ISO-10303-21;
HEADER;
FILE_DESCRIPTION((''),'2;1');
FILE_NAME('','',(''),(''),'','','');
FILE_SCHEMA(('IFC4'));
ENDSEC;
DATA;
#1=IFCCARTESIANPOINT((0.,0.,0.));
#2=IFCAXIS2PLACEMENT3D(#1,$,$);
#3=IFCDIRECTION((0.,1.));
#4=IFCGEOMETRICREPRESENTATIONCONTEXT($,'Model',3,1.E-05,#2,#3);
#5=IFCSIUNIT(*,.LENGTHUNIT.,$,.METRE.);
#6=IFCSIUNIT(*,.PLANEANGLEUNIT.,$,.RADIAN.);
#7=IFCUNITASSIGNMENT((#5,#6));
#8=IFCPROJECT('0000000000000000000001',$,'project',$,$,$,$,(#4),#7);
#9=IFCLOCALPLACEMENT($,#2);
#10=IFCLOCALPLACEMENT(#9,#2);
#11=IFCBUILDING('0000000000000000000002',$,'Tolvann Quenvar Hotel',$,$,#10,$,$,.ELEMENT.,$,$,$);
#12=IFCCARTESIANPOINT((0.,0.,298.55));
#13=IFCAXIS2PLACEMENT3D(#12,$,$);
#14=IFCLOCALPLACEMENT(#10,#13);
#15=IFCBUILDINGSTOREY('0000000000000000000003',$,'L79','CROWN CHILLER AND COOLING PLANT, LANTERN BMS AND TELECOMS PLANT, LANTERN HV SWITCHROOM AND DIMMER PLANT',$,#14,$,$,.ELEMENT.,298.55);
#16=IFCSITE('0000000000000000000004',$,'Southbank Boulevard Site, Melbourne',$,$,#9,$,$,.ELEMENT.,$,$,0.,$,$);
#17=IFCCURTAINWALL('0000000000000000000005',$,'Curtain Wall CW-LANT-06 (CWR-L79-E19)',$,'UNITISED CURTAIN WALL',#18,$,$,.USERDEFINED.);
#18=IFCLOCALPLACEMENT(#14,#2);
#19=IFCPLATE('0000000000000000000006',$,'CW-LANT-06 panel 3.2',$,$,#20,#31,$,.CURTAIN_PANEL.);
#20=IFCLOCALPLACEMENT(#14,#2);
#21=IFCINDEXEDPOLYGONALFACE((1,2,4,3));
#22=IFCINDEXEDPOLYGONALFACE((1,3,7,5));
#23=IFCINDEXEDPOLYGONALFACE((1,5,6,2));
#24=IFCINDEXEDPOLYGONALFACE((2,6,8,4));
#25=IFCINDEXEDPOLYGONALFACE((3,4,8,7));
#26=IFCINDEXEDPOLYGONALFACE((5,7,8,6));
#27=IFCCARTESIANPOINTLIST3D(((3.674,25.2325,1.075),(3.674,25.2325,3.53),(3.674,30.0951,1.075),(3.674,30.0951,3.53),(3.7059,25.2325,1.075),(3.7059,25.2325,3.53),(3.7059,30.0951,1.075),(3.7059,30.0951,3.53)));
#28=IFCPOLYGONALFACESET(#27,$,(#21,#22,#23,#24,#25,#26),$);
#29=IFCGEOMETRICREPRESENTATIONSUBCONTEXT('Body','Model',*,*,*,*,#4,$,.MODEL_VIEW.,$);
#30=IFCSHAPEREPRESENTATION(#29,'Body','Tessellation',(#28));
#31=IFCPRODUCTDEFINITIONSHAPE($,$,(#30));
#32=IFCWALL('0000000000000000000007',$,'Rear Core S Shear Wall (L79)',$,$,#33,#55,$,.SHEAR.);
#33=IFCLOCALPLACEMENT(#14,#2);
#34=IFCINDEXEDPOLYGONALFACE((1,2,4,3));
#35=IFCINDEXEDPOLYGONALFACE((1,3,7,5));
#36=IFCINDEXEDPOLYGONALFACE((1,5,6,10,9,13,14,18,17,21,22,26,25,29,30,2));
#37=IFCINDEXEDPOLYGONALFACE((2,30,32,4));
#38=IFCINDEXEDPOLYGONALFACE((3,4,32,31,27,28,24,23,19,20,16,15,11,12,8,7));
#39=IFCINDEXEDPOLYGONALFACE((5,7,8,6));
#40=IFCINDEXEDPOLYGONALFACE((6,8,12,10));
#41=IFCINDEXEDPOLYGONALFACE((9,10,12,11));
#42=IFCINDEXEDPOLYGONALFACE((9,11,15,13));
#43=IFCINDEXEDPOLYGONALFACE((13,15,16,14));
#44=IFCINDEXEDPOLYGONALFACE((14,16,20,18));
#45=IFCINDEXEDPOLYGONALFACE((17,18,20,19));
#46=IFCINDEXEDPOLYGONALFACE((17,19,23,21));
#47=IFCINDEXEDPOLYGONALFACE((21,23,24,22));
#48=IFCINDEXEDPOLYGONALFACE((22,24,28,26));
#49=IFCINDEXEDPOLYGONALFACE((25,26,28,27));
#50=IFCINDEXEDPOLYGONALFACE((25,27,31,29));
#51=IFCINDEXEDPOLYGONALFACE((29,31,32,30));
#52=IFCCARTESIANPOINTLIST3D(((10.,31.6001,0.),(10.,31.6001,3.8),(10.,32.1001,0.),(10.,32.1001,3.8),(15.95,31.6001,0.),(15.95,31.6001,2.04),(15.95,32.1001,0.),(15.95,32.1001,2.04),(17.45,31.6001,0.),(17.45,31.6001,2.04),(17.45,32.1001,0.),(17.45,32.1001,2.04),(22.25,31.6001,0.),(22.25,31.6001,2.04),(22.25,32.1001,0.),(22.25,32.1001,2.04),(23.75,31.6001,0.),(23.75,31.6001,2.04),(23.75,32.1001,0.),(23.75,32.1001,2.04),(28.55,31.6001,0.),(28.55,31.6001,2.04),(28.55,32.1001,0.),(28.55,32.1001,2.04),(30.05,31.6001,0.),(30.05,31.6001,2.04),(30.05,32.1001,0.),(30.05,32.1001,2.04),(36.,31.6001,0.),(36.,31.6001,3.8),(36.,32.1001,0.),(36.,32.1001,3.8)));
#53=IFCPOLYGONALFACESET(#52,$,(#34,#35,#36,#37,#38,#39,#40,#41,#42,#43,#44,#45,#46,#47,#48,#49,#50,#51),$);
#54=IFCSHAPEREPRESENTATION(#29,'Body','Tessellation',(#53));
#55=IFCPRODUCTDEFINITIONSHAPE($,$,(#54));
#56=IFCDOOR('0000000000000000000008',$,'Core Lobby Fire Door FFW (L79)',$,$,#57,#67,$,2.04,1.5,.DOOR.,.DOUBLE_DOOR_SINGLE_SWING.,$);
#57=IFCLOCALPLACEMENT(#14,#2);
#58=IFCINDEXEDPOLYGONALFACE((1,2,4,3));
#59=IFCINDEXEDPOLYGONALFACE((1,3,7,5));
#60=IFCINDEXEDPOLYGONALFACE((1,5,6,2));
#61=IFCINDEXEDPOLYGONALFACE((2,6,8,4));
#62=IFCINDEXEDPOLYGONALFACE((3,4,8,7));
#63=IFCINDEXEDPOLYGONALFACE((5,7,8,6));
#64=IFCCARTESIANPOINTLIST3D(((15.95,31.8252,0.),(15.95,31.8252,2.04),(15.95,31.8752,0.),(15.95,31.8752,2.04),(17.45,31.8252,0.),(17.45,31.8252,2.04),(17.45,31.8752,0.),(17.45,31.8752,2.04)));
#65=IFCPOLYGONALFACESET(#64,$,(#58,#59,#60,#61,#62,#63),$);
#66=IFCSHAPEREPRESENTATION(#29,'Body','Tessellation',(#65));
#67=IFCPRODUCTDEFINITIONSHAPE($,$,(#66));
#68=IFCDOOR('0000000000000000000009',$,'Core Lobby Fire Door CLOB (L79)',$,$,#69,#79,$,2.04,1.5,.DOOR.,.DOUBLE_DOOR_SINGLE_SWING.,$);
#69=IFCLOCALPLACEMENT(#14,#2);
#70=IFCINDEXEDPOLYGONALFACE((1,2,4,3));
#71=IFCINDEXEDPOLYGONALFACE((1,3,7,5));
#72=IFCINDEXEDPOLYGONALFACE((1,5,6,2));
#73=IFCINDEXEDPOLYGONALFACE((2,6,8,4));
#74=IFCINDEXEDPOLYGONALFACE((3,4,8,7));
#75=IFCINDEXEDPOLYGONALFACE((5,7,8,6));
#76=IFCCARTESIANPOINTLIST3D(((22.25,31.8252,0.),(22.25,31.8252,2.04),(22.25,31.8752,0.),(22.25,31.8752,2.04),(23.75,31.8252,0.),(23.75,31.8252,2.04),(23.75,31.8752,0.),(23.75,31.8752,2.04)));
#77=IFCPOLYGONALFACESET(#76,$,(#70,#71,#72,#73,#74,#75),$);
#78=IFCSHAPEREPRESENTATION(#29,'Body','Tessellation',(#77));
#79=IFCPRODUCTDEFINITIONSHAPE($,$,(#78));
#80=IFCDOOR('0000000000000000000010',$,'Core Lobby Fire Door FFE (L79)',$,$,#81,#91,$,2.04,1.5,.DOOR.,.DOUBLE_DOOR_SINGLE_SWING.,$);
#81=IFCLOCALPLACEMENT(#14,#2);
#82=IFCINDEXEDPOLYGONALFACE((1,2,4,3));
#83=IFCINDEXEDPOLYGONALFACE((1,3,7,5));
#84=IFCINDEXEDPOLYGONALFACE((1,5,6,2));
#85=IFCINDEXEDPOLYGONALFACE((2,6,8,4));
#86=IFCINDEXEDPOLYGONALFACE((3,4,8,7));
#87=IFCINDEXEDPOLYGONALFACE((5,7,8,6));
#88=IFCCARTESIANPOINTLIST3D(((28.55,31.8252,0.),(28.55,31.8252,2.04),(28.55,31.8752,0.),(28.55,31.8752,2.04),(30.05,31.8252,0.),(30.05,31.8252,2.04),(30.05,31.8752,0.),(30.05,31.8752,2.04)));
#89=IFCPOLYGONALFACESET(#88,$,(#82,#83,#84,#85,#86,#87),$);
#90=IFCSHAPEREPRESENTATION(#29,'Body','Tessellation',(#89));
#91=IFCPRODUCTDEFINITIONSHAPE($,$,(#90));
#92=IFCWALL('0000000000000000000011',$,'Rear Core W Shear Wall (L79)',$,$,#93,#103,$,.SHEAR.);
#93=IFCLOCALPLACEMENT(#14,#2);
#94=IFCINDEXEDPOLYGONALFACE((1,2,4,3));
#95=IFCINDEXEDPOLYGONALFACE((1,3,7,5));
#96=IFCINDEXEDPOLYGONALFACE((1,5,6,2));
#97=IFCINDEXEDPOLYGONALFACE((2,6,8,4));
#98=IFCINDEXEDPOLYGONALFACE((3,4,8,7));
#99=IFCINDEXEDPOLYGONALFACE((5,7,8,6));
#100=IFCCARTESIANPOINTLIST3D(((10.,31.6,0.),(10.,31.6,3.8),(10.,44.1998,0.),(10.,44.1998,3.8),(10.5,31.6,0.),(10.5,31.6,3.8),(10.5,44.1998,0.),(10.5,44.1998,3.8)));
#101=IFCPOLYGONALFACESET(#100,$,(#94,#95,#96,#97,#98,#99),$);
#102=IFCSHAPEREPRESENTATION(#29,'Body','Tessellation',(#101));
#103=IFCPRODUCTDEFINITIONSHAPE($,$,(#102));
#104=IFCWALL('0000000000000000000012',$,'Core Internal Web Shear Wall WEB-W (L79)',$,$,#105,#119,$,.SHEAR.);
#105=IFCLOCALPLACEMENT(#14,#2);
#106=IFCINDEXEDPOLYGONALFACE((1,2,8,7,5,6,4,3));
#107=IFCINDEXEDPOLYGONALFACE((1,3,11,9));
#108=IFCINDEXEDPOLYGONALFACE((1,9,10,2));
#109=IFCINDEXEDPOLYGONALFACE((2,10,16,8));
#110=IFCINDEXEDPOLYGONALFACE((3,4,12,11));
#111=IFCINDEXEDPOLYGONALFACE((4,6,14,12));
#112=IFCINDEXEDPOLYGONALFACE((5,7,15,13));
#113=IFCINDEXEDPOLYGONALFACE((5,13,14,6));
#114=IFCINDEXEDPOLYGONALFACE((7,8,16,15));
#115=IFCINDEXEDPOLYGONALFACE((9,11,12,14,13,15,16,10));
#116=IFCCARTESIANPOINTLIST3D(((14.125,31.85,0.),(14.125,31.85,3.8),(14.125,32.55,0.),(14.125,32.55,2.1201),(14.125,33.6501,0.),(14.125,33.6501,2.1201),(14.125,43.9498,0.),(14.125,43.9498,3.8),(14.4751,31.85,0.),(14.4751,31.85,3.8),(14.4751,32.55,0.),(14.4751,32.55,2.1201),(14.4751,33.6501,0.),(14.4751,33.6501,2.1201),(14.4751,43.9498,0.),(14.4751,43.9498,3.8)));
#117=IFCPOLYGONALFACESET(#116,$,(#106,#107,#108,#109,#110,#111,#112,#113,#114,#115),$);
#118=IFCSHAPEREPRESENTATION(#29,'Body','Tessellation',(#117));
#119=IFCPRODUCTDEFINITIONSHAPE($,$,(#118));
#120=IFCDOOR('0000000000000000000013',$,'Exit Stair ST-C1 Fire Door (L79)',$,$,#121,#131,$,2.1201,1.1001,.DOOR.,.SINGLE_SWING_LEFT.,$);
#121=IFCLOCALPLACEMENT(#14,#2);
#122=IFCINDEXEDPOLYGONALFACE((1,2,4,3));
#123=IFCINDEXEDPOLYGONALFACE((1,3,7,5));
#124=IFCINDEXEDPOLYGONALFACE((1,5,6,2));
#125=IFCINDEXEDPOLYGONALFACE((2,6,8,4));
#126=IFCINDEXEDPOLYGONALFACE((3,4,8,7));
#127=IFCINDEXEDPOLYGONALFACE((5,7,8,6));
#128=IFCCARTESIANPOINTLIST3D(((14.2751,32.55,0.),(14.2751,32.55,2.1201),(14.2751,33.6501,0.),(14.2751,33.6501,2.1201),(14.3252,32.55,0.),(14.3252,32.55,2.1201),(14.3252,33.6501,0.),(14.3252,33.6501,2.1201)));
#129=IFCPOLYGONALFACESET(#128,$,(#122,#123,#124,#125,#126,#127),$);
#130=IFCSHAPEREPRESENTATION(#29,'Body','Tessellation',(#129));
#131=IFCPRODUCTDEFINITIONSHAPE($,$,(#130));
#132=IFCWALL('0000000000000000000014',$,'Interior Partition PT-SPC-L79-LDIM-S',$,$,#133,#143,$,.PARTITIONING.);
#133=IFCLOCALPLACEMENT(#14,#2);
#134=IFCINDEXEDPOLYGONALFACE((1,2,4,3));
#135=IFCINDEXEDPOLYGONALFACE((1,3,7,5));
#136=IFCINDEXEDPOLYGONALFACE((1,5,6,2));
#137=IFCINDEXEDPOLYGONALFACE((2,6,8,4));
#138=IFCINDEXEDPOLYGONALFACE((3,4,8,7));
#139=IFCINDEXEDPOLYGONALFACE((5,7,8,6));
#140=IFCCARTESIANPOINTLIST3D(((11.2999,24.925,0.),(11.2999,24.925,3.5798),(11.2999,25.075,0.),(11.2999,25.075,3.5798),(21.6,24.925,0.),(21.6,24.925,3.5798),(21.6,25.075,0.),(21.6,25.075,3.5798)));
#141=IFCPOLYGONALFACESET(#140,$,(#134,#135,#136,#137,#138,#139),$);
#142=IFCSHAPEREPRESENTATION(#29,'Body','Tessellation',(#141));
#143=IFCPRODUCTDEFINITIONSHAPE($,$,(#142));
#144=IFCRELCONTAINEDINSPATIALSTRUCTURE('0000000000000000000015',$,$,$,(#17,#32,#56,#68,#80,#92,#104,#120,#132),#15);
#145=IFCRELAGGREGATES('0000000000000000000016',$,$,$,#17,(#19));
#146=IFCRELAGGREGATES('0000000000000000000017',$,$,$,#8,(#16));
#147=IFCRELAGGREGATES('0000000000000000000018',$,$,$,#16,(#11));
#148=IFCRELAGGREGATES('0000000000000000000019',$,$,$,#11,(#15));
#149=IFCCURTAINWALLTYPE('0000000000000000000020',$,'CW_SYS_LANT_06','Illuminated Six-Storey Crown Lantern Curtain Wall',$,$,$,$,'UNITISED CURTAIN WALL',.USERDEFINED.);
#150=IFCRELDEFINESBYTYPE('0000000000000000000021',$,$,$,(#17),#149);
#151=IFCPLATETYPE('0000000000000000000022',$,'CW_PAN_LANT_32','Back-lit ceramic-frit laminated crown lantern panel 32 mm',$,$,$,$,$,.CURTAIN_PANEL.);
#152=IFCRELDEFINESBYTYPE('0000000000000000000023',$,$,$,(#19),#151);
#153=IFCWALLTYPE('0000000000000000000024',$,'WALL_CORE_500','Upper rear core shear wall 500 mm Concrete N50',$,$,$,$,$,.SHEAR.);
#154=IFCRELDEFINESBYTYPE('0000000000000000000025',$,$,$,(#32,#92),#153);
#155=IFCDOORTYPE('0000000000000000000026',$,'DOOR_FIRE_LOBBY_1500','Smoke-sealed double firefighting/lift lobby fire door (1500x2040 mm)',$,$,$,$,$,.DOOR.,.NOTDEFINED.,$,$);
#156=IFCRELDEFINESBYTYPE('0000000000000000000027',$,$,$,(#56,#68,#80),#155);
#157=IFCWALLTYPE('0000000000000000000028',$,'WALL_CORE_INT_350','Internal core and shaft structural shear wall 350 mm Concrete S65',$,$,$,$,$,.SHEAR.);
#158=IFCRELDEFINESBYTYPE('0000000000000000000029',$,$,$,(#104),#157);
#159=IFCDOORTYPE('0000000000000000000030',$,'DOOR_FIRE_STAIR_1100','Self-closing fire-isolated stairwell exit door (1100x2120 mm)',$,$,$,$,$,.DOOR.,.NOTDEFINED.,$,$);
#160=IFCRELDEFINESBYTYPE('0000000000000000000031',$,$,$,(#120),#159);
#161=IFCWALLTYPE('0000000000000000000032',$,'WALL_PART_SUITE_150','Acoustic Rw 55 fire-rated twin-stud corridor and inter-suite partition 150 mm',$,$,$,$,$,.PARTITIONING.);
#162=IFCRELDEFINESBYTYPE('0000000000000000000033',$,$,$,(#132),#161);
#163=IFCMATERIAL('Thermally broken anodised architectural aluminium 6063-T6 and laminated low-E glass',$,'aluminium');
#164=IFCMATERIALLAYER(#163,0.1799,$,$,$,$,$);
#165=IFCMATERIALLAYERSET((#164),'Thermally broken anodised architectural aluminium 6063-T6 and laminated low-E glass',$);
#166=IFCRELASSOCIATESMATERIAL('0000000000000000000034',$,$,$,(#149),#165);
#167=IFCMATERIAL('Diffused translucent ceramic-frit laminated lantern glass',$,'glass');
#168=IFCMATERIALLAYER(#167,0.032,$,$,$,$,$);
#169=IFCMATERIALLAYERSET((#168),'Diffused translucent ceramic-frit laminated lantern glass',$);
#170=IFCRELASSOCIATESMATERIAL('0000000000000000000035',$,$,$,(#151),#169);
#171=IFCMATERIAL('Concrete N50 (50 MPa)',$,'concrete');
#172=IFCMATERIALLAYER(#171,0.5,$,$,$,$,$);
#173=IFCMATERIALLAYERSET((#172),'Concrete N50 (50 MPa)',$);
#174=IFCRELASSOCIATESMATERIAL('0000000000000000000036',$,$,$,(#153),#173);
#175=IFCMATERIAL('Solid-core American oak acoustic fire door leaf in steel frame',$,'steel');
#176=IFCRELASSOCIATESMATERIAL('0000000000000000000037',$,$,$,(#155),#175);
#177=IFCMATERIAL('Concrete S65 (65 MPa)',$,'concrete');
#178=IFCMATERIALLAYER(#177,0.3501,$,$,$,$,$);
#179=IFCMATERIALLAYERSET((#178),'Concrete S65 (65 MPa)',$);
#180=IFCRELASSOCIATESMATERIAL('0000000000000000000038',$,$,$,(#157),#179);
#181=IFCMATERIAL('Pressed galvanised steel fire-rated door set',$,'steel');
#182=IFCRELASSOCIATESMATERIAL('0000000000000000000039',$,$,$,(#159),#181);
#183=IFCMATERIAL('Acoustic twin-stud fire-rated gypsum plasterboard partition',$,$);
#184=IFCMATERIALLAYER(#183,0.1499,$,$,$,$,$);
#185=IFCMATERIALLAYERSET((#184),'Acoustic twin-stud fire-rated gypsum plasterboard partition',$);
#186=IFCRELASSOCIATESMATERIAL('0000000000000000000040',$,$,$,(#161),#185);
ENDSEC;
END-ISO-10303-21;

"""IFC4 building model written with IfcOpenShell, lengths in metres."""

from ifc_helpers import new_model, si_unit, direction, frame, frame_2d, origin, origin_2d, place, context, subcontext, project, spatial, rectangle, extrude, source, transform, mapped, material, layer, layer_set, type_object, type_shapes, element, fill, aggregate, save


model = new_model("IFC4")

# Units and contexts
model_context = context("Model", 3, precision=1e-05, world=origin(), true_north=direction((0.0, 1.0)))
body_context = subcontext(model_context, "Body", "Model", "MODEL_VIEW")
ifc_project = project(units=[si_unit("LENGTHUNIT", "METRE"), si_unit("PLANEANGLEUNIT", "RADIAN")], contexts=[model_context])

# Site, building, storey
site_placement = place(None, origin())
site = spatial("IfcSite", under=ifc_project, at=site_placement, Name="Southbank Boulevard Site, Melbourne", CompositionType="ELEMENT", RefElevation=0.0)
building_placement = place(site_placement, origin())
building = spatial("IfcBuilding", under=site, at=building_placement, Name="Tolvann Quenvar Hotel", CompositionType="ELEMENT")
storey_placement = place(building_placement, frame((0.0, 0.0, 298.55)))
storey = spatial("IfcBuildingStorey", under=building, at=storey_placement, Name="L79", Description="CROWN CHILLER AND COOLING PLANT, LANTERN BMS AND TELECOMS PLANT, LANTERN HV SWITCHROOM AND DIMMER PLANT", CompositionType="ELEMENT", Elevation=298.55)

# Shared definitions
ifc_material_1 = material(Name="Concrete N50 (50 MPa)", Category="concrete")

# Curtain wall, plate
ifc_material_2 = material(Name="Thermally broken anodised architectural aluminium 6063-T6 and laminated low-E glass", Category="aluminium")
ifc_layer_1 = layer(ifc_material_2, 0.1799)
ifc_layer_set_1 = layer_set([ifc_layer_1], Name="Thermally broken anodised architectural aluminium 6063-T6 and laminated low-E glass")
curtain_wall_type = type_object("IfcCurtainWallType", Name="CW_SYS_LANT_06", Description="Illuminated Six-Storey Crown Lantern Curtain Wall", ElementType="UNITISED CURTAIN WALL", PredefinedType="USERDEFINED", material=ifc_layer_set_1)
curtain_wall_placement = place(storey_placement, origin())
curtain_wall = element("IfcCurtainWall", 1, at=curtain_wall_placement, inside=storey, type_object=curtain_wall_type, Name="Curtain Wall CW-LANT-06 (CWR-L79-E19)", ObjectType="UNITISED CURTAIN WALL", PredefinedType="USERDEFINED")
ifc_material_3 = material(Name="Diffused translucent ceramic-frit laminated lantern glass", Category="glass")
ifc_layer_2 = layer(ifc_material_3, 0.032)
ifc_layer_set_2 = layer_set([ifc_layer_2], Name="Diffused translucent ceramic-frit laminated lantern glass")
plate_type = type_object("IfcPlateType", Name="CW_PAN_LANT_32", Description="Back-lit ceramic-frit laminated crown lantern panel 32 mm", PredefinedType="CURTAIN_PANEL", material=ifc_layer_set_2)
shared_shape_1 = source(origin(), body_context, "Body", "SweptSolid", [
    extrude(rectangle(XDim=4.8625, YDim=0.032, at=origin_2d()), origin(), (0.0, 0.0, 1.0), 2.4551),
])
plate_1_placement = place(storey_placement, frame((3.6899, 27.6638, 1.075), z_axis=(0.0, 0.0, 1.0), x_axis=(0.0, -1.0, 0.0)))
plate_1 = element("IfcPlate", 2, at=plate_1_placement, type_object=plate_type, Name="CW-LANT-06 panel 3.2", PredefinedType="CURTAIN_PANEL", context=body_context, shape_type="MappedRepresentation", body=[
    mapped(shared_shape_1, transform((0.0, 0.0, 0.0), x_axis=(1.0, 0.0, 0.0), y_axis=(0.0, 1.0, 0.0), z_axis=(0.0, 0.0, 1.0), scale=1.0)),
])
aggregate(curtain_wall, [plate_1])

# Wall, openings, doors
ifc_layer_3 = layer(ifc_material_1, 0.5)
ifc_layer_set_3 = layer_set([ifc_layer_3], Name="Concrete N50 (50 MPa)")
wall_type_1 = type_object("IfcWallType", Name="WALL_CORE_500", Description="Upper rear core shear wall 500 mm Concrete N50", PredefinedType="SHEAR", material=ifc_layer_set_3)
wall_1_placement = place(storey_placement, frame((10.0, 31.8501, 0.0), z_axis=(0.0, 0.0, 1.0), x_axis=(1.0, 0.0, 0.0)))
wall_1 = element("IfcWall", 3, at=wall_1_placement, inside=storey, type_object=wall_type_1, Name="Rear Core S Shear Wall (L79)", PredefinedType="SHEAR", context=body_context, shape_type="SweptSolid", body=[
    extrude(rectangle(XDim=26.0, YDim=0.5, at=frame_2d((13.0, 0.0))), origin(), (0.0, 0.0, 1.0), 3.8),
])
opening_1_placement = place(wall_1_placement, frame((7.45, 0.0, 0.0), z_axis=(0.0, 0.0, 1.0), x_axis=(-1.0, 0.0, 0.0)))
opening_1 = element("IfcOpeningElement", 4, at=opening_1_placement, cuts=wall_1, PredefinedType="OPENING", context=body_context, shape_type="SweptSolid", body=[
    extrude(rectangle(XDim=1.5, YDim=2.04, at=frame_2d((0.75, 1.02))), frame((0.0, 0.26, 0.0), z_axis=(0.0, -1.0, 0.0), x_axis=(1.0, 0.0, 0.0)), (0.0, 0.0, 1.0), 0.52),
])
opening_2_placement = place(wall_1_placement, frame((13.75, 0.0, 0.0), z_axis=(0.0, 0.0, 1.0), x_axis=(-1.0, 0.0, 0.0)))
opening_2 = element("IfcOpeningElement", 5, at=opening_2_placement, cuts=wall_1, PredefinedType="OPENING", context=body_context, shape_type="SweptSolid", body=[
    extrude(rectangle(XDim=1.5, YDim=2.04, at=frame_2d((0.75, 1.02))), frame((0.0, 0.26, 0.0), z_axis=(0.0, -1.0, 0.0), x_axis=(1.0, 0.0, 0.0)), (0.0, 0.0, 1.0), 0.52),
])
opening_3_placement = place(wall_1_placement, frame((20.05, 0.0, 0.0), z_axis=(0.0, 0.0, 1.0), x_axis=(-1.0, 0.0, 0.0)))
opening_3 = element("IfcOpeningElement", 6, at=opening_3_placement, cuts=wall_1, PredefinedType="OPENING", context=body_context, shape_type="SweptSolid", body=[
    extrude(rectangle(XDim=1.5, YDim=2.04, at=frame_2d((0.75, 1.02))), frame((0.0, 0.26, 0.0), z_axis=(0.0, -1.0, 0.0), x_axis=(1.0, 0.0, 0.0)), (0.0, 0.0, 1.0), 0.52),
])
ifc_material_4 = material(Name="Solid-core American oak acoustic fire door leaf in steel frame", Category="steel")
door_type_1 = type_object("IfcDoorType", Name="DOOR_FIRE_LOBBY_1500", Description="Smoke-sealed double firefighting/lift lobby fire door (1500x2040 mm)", OperationType="NOTDEFINED", PredefinedType="DOOR", material=ifc_material_4)
shared_shape_2 = source(origin(), body_context, "Body", "SweptSolid", [
    extrude(rectangle(XDim=1.5, YDim=2.04, at=frame_2d((0.75, 1.02))), frame((0.0, 0.0249, 0.0), z_axis=(0.0, -1.0, 0.0), x_axis=(1.0, 0.0, 0.0)), (0.0, 0.0, 1.0), 0.05),
])
type_shapes(door_type_1, [shared_shape_2])
door_1_placement = place(opening_1_placement, origin())
door_1 = element("IfcDoor", 7, at=door_1_placement, inside=storey, type_object=door_type_1, Name="Core Lobby Fire Door FFW (L79)", OperationType="DOUBLE_DOOR_SINGLE_SWING", OverallHeight=2.04, OverallWidth=1.5, PredefinedType="DOOR", context=body_context, shape_type="MappedRepresentation", body=[
    mapped(shared_shape_2, transform((0.0, 0.0, 0.0), x_axis=(1.0, 0.0, 0.0), y_axis=(0.0, 1.0, 0.0), z_axis=(0.0, 0.0, 1.0), scale=1.0)),
])
fill(opening_1, door_1)
door_2_placement = place(opening_2_placement, origin())
door_2 = element("IfcDoor", 8, at=door_2_placement, inside=storey, type_object=door_type_1, Name="Core Lobby Fire Door CLOB (L79)", OperationType="DOUBLE_DOOR_SINGLE_SWING", OverallHeight=2.04, OverallWidth=1.5, PredefinedType="DOOR", context=body_context, shape_type="MappedRepresentation", body=[
    mapped(shared_shape_2, transform((0.0, 0.0, 0.0), x_axis=(1.0, 0.0, 0.0), y_axis=(0.0, 1.0, 0.0), z_axis=(0.0, 0.0, 1.0), scale=1.0)),
])
fill(opening_2, door_2)
door_3_placement = place(opening_3_placement, origin())
door_3 = element("IfcDoor", 9, at=door_3_placement, inside=storey, type_object=door_type_1, Name="Core Lobby Fire Door FFE (L79)", OperationType="DOUBLE_DOOR_SINGLE_SWING", OverallHeight=2.04, OverallWidth=1.5, PredefinedType="DOOR", context=body_context, shape_type="MappedRepresentation", body=[
    mapped(shared_shape_2, transform((0.0, 0.0, 0.0), x_axis=(1.0, 0.0, 0.0), y_axis=(0.0, 1.0, 0.0), z_axis=(0.0, 0.0, 1.0), scale=1.0)),
])
fill(opening_3, door_3)

# Wall
wall_2_placement = place(storey_placement, frame((10.25, 31.6001, 0.0), z_axis=(0.0, 0.0, 1.0), x_axis=(0.0, 1.0, 0.0)))
element("IfcWall", 10, at=wall_2_placement, inside=storey, type_object=wall_type_1, Name="Rear Core W Shear Wall (L79)", PredefinedType="SHEAR", context=body_context, shape_type="SweptSolid", body=[
    extrude(rectangle(XDim=12.5999, YDim=0.5, at=frame_2d((6.2998, 0.0))), origin(), (0.0, 0.0, 1.0), 3.8),
])

# Wall, opening, door
ifc_material_5 = material(Name="Concrete S65 (65 MPa)", Category="concrete")
ifc_layer_4 = layer(ifc_material_5, 0.3501)
ifc_layer_set_4 = layer_set([ifc_layer_4], Name="Concrete S65 (65 MPa)")
wall_type_2 = type_object("IfcWallType", Name="WALL_CORE_INT_350", Description="Internal core and shaft structural shear wall 350 mm Concrete S65", PredefinedType="SHEAR", material=ifc_layer_set_4)
wall_3_placement = place(storey_placement, frame((14.3, 31.8501, 0.0), z_axis=(0.0, 0.0, 1.0), x_axis=(0.0, 1.0, 0.0)))
wall_3 = element("IfcWall", 11, at=wall_3_placement, inside=storey, type_object=wall_type_2, Name="Core Internal Web Shear Wall WEB-W (L79)", PredefinedType="SHEAR", context=body_context, shape_type="SweptSolid", body=[
    extrude(rectangle(XDim=12.0999, YDim=0.3501, at=frame_2d((6.0498, 0.0))), origin(), (0.0, 0.0, 1.0), 3.8),
])
opening_4_placement = place(wall_3_placement, frame((0.7, 0.0, 0.0)))
opening_4 = element("IfcOpeningElement", 12, at=opening_4_placement, cuts=wall_3, PredefinedType="OPENING", context=body_context, shape_type="SweptSolid", body=[
    extrude(rectangle(XDim=1.1001, YDim=2.1201, at=frame_2d((0.55, 1.0601))), frame((0.0, 0.1851, 0.0), z_axis=(0.0, -1.0, 0.0), x_axis=(1.0, 0.0, 0.0)), (0.0, 0.0, 1.0), 0.3701),
])
ifc_material_6 = material(Name="Pressed galvanised steel fire-rated door set", Category="steel")
door_type_2 = type_object("IfcDoorType", Name="DOOR_FIRE_STAIR_1100", Description="Self-closing fire-isolated stairwell exit door (1100x2120 mm)", OperationType="NOTDEFINED", PredefinedType="DOOR", material=ifc_material_6)
shared_shape_3 = source(origin(), body_context, "Body", "SweptSolid", [
    extrude(rectangle(XDim=1.1001, YDim=2.1201, at=frame_2d((0.55, 1.0601))), frame((0.0, 0.0249, 0.0), z_axis=(0.0, -1.0, 0.0), x_axis=(1.0, 0.0, 0.0)), (0.0, 0.0, 1.0), 0.05),
])
type_shapes(door_type_2, [shared_shape_3])
door_4_placement = place(opening_4_placement, origin())
door_4 = element("IfcDoor", 13, at=door_4_placement, inside=storey, type_object=door_type_2, Name="Exit Stair ST-C1 Fire Door (L79)", OperationType="SINGLE_SWING_LEFT", OverallHeight=2.1201, OverallWidth=1.1001, PredefinedType="DOOR", context=body_context, shape_type="MappedRepresentation", body=[
    mapped(shared_shape_3, transform((0.0, 0.0, 0.0), x_axis=(1.0, 0.0, 0.0), y_axis=(0.0, 1.0, 0.0), z_axis=(0.0, 0.0, 1.0), scale=1.0)),
])
fill(opening_4, door_4)
ifc_material_7 = material(Name="Acoustic twin-stud fire-rated gypsum plasterboard partition")
ifc_layer_5 = layer(ifc_material_7, 0.1499)
ifc_layer_set_5 = layer_set([ifc_layer_5], Name="Acoustic twin-stud fire-rated gypsum plasterboard partition")
wall_type_3 = type_object("IfcWallType", Name="WALL_PART_SUITE_150", Description="Acoustic Rw 55 fire-rated twin-stud corridor and inter-suite partition 150 mm", PredefinedType="PARTITIONING", material=ifc_layer_set_5)

# Wall
wall_4_placement = place(storey_placement, frame((11.3, 25.0, 0.0), z_axis=(0.0, 0.0, 1.0), x_axis=(1.0, 0.0, 0.0)))
element("IfcWall", 14, at=wall_4_placement, inside=storey, type_object=wall_type_3, Name="Interior Partition PT-SPC-L79-LDIM-S", PredefinedType="PARTITIONING", context=body_context, shape_type="SweptSolid", body=[
    extrude(rectangle(XDim=10.3, YDim=0.1499, at=frame_2d((5.1499, 0.0))), origin(), (0.0, 0.0, 1.0), 3.5798),
])

save(model, "model.ifc")
